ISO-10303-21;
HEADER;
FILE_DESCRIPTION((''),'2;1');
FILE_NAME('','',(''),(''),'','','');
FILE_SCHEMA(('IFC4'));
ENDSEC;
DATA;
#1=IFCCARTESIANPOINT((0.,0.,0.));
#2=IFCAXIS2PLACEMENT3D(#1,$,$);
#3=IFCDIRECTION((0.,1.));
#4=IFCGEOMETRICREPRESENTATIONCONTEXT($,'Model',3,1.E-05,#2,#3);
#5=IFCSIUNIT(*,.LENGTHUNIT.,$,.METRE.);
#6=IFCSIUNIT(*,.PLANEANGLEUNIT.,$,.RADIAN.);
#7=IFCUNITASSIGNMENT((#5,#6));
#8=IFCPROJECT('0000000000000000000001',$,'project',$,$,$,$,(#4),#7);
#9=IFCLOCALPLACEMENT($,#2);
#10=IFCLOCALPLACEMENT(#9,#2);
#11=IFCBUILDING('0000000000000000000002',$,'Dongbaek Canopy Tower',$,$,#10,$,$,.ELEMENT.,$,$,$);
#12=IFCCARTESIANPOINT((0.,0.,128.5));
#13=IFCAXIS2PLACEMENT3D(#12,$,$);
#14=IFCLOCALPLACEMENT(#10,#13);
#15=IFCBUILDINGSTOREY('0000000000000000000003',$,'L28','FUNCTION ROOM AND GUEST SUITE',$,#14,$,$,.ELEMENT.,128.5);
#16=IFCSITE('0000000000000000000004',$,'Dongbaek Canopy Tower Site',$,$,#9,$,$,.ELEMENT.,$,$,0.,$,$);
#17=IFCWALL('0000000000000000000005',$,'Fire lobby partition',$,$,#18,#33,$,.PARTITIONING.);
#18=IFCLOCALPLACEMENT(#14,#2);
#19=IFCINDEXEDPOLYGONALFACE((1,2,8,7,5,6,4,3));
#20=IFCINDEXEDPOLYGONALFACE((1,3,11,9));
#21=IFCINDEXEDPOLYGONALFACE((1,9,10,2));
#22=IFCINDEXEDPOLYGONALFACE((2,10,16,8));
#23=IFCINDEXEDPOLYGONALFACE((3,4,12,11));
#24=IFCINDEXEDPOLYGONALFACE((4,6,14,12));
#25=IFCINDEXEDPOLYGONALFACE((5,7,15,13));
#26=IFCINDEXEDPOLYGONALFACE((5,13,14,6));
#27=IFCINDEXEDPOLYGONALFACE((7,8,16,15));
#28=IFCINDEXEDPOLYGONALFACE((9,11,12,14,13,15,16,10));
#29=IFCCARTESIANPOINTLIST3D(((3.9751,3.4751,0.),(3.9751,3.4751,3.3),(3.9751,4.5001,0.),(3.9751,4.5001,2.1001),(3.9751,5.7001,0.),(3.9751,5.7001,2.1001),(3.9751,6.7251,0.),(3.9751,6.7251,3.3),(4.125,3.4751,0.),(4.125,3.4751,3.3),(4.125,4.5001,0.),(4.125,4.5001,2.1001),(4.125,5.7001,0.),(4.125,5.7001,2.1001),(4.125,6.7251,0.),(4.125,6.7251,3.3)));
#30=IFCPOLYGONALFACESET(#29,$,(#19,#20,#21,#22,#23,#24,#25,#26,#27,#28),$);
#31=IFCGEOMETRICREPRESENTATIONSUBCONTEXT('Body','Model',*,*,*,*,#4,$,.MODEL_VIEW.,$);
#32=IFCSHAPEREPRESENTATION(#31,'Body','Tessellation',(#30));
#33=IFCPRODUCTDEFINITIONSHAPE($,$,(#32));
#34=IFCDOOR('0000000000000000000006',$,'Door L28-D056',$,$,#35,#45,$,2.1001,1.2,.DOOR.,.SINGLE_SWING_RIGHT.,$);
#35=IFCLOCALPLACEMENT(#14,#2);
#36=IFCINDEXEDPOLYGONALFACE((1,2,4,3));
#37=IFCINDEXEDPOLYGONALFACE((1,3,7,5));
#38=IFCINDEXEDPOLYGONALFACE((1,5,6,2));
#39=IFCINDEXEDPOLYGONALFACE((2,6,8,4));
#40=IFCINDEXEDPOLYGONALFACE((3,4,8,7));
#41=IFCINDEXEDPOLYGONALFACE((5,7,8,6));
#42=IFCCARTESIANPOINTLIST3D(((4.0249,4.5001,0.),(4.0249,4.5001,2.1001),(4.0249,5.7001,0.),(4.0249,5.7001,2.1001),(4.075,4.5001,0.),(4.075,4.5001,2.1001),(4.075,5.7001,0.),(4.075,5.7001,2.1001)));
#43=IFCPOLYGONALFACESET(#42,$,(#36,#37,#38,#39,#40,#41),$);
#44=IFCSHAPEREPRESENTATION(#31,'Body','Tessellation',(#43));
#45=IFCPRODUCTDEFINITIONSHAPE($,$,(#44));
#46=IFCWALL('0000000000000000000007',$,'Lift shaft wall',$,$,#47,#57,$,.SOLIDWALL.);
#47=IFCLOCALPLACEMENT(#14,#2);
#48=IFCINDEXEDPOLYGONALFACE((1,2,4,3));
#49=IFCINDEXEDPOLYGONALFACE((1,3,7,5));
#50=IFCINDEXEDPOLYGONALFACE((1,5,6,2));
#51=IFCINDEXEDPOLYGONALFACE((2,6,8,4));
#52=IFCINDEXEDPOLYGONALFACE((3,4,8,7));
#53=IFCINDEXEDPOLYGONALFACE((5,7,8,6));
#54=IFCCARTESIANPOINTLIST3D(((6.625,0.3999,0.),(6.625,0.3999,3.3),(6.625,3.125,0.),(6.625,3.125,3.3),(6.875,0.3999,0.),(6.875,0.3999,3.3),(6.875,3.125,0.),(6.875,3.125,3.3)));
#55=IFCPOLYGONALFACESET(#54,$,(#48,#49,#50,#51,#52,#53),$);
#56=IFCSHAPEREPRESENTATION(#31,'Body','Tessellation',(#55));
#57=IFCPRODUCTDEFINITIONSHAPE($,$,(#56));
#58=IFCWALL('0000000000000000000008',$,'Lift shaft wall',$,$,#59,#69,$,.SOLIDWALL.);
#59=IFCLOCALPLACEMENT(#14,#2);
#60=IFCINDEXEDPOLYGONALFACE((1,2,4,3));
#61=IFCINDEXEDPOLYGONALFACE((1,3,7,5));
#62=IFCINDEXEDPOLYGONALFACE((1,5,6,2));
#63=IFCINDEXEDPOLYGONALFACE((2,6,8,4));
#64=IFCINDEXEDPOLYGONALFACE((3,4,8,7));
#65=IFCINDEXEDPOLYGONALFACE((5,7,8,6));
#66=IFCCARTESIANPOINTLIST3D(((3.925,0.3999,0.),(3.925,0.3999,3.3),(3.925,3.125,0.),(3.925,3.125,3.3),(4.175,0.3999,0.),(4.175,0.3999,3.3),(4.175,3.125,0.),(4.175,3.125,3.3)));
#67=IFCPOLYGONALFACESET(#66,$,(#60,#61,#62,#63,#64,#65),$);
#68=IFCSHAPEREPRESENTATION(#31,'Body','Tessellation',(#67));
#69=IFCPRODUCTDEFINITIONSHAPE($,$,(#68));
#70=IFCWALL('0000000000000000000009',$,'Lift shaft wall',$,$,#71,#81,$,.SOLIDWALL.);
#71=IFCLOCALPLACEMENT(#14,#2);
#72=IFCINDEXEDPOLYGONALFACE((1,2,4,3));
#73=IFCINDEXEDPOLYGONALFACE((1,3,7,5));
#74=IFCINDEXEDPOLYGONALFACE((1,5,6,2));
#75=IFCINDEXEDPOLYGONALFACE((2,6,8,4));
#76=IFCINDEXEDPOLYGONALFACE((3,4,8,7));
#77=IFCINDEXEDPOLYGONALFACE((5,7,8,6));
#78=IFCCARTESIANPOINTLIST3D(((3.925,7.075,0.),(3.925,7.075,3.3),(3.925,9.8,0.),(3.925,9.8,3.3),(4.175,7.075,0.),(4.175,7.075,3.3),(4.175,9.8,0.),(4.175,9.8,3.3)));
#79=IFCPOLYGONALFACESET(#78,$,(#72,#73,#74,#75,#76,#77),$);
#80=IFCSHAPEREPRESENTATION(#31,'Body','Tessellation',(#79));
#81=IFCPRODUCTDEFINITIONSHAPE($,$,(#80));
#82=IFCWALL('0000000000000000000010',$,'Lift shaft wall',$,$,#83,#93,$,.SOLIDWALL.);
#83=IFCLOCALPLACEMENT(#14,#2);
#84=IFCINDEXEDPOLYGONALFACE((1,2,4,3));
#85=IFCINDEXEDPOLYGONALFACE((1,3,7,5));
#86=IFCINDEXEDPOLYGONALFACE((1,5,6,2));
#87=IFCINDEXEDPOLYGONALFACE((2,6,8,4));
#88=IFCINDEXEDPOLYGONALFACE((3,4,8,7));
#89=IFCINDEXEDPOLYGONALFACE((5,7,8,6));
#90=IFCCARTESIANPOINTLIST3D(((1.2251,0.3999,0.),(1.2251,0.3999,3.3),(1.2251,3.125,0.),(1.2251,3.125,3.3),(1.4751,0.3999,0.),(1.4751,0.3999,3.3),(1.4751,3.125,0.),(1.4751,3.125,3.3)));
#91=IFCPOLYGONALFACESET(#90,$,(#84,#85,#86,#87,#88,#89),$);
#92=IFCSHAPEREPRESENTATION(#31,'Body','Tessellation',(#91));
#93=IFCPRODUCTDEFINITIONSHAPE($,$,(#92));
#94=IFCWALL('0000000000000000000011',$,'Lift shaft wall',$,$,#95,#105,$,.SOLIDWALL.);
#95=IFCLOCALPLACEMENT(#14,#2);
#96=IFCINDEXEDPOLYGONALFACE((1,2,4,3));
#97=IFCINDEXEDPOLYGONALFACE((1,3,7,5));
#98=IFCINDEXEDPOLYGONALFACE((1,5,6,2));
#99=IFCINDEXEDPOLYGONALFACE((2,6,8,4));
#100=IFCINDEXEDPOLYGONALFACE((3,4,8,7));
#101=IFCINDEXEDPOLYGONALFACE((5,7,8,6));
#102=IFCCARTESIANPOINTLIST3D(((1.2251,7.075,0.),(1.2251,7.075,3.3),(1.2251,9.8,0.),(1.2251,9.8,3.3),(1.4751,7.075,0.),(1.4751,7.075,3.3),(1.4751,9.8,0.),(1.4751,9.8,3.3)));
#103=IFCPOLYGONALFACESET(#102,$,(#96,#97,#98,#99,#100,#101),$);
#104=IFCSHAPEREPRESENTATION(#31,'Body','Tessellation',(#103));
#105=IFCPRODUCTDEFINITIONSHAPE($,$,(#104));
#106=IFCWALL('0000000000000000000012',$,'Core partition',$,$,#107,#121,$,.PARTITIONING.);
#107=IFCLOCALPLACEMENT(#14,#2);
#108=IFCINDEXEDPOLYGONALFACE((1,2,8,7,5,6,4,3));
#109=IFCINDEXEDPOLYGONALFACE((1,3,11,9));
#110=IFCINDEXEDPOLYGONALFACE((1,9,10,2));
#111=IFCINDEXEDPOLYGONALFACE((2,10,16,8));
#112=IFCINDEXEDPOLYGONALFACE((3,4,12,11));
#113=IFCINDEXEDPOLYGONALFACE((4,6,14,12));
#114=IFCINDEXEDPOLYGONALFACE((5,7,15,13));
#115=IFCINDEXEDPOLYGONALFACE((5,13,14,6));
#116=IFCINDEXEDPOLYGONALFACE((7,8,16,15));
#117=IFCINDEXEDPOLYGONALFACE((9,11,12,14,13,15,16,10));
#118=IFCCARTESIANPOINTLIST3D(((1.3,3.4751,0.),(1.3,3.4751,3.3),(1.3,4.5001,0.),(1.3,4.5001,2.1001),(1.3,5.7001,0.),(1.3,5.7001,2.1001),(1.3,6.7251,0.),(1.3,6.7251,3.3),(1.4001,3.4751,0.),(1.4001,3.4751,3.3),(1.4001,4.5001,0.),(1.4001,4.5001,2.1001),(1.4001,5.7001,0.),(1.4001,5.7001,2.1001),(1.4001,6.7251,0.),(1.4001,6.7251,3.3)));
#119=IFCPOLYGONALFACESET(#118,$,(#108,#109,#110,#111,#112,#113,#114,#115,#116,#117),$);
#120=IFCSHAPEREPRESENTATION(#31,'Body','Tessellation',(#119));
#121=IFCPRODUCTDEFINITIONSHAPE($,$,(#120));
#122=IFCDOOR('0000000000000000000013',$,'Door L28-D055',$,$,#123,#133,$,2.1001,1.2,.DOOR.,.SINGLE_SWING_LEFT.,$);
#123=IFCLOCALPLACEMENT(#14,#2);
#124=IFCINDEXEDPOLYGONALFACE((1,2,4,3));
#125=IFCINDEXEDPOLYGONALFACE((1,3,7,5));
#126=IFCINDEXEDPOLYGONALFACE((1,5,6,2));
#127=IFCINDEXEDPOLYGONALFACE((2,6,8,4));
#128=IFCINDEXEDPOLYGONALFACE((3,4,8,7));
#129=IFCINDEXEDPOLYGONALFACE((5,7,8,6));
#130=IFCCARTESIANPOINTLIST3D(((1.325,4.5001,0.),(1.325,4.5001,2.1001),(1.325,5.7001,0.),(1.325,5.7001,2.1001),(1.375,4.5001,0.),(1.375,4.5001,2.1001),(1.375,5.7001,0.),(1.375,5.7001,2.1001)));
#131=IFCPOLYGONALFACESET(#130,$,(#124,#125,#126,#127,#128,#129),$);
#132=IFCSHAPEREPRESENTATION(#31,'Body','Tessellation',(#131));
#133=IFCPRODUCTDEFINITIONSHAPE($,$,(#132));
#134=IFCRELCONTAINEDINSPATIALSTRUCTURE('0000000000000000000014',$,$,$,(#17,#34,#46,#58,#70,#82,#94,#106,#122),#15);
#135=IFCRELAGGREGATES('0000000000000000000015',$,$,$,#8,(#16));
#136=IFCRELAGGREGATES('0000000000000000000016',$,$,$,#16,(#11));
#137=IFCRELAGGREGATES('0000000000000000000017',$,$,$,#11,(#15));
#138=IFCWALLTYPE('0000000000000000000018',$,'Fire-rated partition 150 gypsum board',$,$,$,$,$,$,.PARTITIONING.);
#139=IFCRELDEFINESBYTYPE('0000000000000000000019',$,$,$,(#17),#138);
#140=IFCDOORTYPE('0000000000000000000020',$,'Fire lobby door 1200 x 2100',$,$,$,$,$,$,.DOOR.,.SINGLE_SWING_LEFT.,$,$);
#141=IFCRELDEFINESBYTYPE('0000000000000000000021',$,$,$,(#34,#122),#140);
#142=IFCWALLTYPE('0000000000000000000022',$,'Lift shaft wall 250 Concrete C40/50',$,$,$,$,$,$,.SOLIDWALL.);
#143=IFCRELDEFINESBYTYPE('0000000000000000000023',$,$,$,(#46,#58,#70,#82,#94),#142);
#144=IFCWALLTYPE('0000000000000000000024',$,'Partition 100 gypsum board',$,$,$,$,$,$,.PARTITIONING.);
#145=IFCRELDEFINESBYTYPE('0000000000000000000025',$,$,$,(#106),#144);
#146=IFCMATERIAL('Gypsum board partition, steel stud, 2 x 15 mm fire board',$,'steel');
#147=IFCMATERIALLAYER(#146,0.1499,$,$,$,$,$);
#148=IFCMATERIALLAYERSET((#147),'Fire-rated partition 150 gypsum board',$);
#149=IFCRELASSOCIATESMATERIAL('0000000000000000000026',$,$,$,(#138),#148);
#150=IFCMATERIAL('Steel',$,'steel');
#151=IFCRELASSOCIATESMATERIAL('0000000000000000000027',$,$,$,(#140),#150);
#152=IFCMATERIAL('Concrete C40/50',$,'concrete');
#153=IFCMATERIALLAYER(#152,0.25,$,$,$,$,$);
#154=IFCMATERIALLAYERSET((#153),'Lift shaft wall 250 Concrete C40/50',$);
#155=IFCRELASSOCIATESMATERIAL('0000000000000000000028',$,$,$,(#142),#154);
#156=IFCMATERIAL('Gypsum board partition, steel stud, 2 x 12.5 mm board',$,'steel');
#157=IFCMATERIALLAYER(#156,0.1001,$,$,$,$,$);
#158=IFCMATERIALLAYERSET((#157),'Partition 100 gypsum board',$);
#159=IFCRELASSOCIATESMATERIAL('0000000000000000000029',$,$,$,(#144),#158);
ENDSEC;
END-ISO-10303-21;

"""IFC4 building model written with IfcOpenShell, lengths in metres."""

from ifc_helpers import new_model, si_unit, direction, frame, frame_2d, origin, place, context, subcontext, project, spatial, rectangle, extrude, material, layer, layer_set, type_object, element, fill, save


model = new_model("IFC4")

# Units and contexts
model_context = context("Model", 3, precision=1e-05, world=origin(), true_north=direction((0.0, 1.0)))
body_context = subcontext(model_context, "Body", "Model", "MODEL_VIEW")
ifc_project = project(units=[si_unit("LENGTHUNIT", "METRE"), si_unit("PLANEANGLEUNIT", "RADIAN")], contexts=[model_context])

# Site, building, storey
site_placement = place(None, origin())
site = spatial("IfcSite", under=ifc_project, at=site_placement, Name="Dongbaek Canopy Tower Site", CompositionType="ELEMENT", RefElevation=0.0)
building_placement = place(site_placement, origin())
building = spatial("IfcBuilding", under=site, at=building_placement, Name="Dongbaek Canopy Tower", CompositionType="ELEMENT")
storey_placement = place(building_placement, frame((0.0, 0.0, 128.5)))
storey = spatial("IfcBuildingStorey", under=building, at=storey_placement, Name="L28", Description="FUNCTION ROOM AND GUEST SUITE", CompositionType="ELEMENT", Elevation=128.5)

# Wall, opening, door
ifc_material_1 = material(Name="Gypsum board partition, steel stud, 2 x 15 mm fire board", Category="steel")
ifc_layer_1 = layer(ifc_material_1, 0.1499)
ifc_layer_set_1 = layer_set([ifc_layer_1], Name="Fire-rated partition 150 gypsum board")
wall_type_1 = type_object("IfcWallType", Name="Fire-rated partition 150 gypsum board", PredefinedType="PARTITIONING", material=ifc_layer_set_1)
wall_1_placement = place(storey_placement, frame((4.05, 6.7251, 0.0), z_axis=(0.0, 0.0, 1.0), x_axis=(0.0, -1.0, 0.0)))
wall_1 = element("IfcWall", 1, at=wall_1_placement, inside=storey, type_object=wall_type_1, Name="Fire lobby partition", PredefinedType="PARTITIONING", context=body_context, shape_type="SweptSolid", body=[
    extrude(rectangle(XDim=3.25, YDim=0.1499, at=frame_2d((1.625, 0.0))), origin(), (0.0, 0.0, 1.0), 3.3),
])
opening_1_placement = place(wall_1_placement, frame((1.0249, 0.0, 0.0)))
opening_1 = element("IfcOpeningElement", 2, at=opening_1_placement, cuts=wall_1, PredefinedType="OPENING", context=body_context, shape_type="SweptSolid", body=[
    extrude(rectangle(XDim=1.2, YDim=2.1001, at=frame_2d((0.6001, 1.05))), frame((0.0, 0.085, 0.0), z_axis=(0.0, -1.0, 0.0), x_axis=(1.0, 0.0, 0.0)), (0.0, 0.0, 1.0), 0.1699),
])
ifc_material_2 = material(Name="Steel", Category="steel")
door_type = type_object("IfcDoorType", Name="Fire lobby door 1200 x 2100", OperationType="SINGLE_SWING_LEFT", PredefinedType="DOOR", material=ifc_material_2)
door_1_placement = place(opening_1_placement, origin())
door_1 = element("IfcDoor", 3, at=door_1_placement, inside=storey, type_object=door_type, Name="Door L28-D056", OperationType="SINGLE_SWING_RIGHT", OverallHeight=2.1001, OverallWidth=1.2, PredefinedType="DOOR", context=body_context, shape_type="SweptSolid", body=[
    extrude(rectangle(XDim=1.2, YDim=2.1001, at=frame_2d((0.6001, 1.05))), frame((0.0, 0.0249, 0.0), z_axis=(0.0, -1.0, 0.0), x_axis=(1.0, 0.0, 0.0)), (0.0, 0.0, 1.0), 0.05),
])
fill(opening_1, door_1)

# Walls
ifc_material_3 = material(Name="Concrete C40/50", Category="concrete")
ifc_layer_2 = layer(ifc_material_3, 0.25)
ifc_layer_set_2 = layer_set([ifc_layer_2], Name="Lift shaft wall 250 Concrete C40/50")
wall_type_2 = type_object("IfcWallType", Name="Lift shaft wall 250 Concrete C40/50", PredefinedType="SOLIDWALL", material=ifc_layer_set_2)
for number, where, z_axis, x_axis, name in (
    (4, (6.75, 0.3999, 0.0), (0.0, 0.0, 1.0), (0.0, 1.0, 0.0), "Lift shaft wall"),
    (5, (4.05, 0.3999, 0.0), (0.0, 0.0, 1.0), (0.0, 1.0, 0.0), "Lift shaft wall"),
    (6, (4.05, 7.075, 0.0), (0.0, 0.0, 1.0), (0.0, 1.0, 0.0), "Lift shaft wall"),
    (7, (1.3501, 0.3999, 0.0), (0.0, 0.0, 1.0), (0.0, 1.0, 0.0), "Lift shaft wall"),
    (8, (1.3501, 7.075, 0.0), (0.0, 0.0, 1.0), (0.0, 1.0, 0.0), "Lift shaft wall"),
):
    element("IfcWall", number, at=place(storey_placement, frame(where, z_axis=z_axis, x_axis=x_axis)), inside=storey, type_object=wall_type_2, Name=name, PredefinedType="SOLIDWALL", context=body_context, shape_type="SweptSolid", body=[
        extrude(rectangle(XDim=2.7251, YDim=0.25, at=frame_2d((1.3625, 0.0))), origin(), (0.0, 0.0, 1.0), 3.3),
    ])

# Wall, opening, door
ifc_material_4 = material(Name="Gypsum board partition, steel stud, 2 x 12.5 mm board", Category="steel")
ifc_layer_3 = layer(ifc_material_4, 0.1001)
ifc_layer_set_3 = layer_set([ifc_layer_3], Name="Partition 100 gypsum board")
wall_type_3 = type_object("IfcWallType", Name="Partition 100 gypsum board", PredefinedType="PARTITIONING", material=ifc_layer_set_3)
wall_2_placement = place(storey_placement, frame((1.3501, 6.7251, 0.0), z_axis=(0.0, 0.0, 1.0), x_axis=(0.0, -1.0, 0.0)))
wall_2 = element("IfcWall", 9, at=wall_2_placement, inside=storey, type_object=wall_type_3, Name="Core partition", PredefinedType="PARTITIONING", context=body_context, shape_type="SweptSolid", body=[
    extrude(rectangle(XDim=3.25, YDim=0.1001, at=frame_2d((1.625, 0.0))), origin(), (0.0, 0.0, 1.0), 3.3),
])
opening_2_placement = place(wall_2_placement, frame((1.0249, 0.0, 0.0)))
opening_2 = element("IfcOpeningElement", 10, at=opening_2_placement, cuts=wall_2, PredefinedType="OPENING", context=body_context, shape_type="SweptSolid", body=[
    extrude(rectangle(XDim=1.2, YDim=2.1001, at=frame_2d((0.6001, 1.05))), frame((0.0, 0.0601, 0.0), z_axis=(0.0, -1.0, 0.0), x_axis=(1.0, 0.0, 0.0)), (0.0, 0.0, 1.0), 0.1201),
])
door_2_placement = place(opening_2_placement, origin())
door_2 = element("IfcDoor", 11, at=door_2_placement, inside=storey, type_object=door_type, Name="Door L28-D055", OperationType="SINGLE_SWING_LEFT", OverallHeight=2.1001, OverallWidth=1.2, PredefinedType="DOOR", context=body_context, shape_type="SweptSolid", body=[
    extrude(rectangle(XDim=1.2, YDim=2.1001, at=frame_2d((0.6001, 1.05))), frame((0.0, 0.0249, 0.0), z_axis=(0.0, -1.0, 0.0), x_axis=(1.0, 0.0, 0.0)), (0.0, 0.0, 1.0), 0.05),
])
fill(opening_2, door_2)

save(model, "model.ifc")
